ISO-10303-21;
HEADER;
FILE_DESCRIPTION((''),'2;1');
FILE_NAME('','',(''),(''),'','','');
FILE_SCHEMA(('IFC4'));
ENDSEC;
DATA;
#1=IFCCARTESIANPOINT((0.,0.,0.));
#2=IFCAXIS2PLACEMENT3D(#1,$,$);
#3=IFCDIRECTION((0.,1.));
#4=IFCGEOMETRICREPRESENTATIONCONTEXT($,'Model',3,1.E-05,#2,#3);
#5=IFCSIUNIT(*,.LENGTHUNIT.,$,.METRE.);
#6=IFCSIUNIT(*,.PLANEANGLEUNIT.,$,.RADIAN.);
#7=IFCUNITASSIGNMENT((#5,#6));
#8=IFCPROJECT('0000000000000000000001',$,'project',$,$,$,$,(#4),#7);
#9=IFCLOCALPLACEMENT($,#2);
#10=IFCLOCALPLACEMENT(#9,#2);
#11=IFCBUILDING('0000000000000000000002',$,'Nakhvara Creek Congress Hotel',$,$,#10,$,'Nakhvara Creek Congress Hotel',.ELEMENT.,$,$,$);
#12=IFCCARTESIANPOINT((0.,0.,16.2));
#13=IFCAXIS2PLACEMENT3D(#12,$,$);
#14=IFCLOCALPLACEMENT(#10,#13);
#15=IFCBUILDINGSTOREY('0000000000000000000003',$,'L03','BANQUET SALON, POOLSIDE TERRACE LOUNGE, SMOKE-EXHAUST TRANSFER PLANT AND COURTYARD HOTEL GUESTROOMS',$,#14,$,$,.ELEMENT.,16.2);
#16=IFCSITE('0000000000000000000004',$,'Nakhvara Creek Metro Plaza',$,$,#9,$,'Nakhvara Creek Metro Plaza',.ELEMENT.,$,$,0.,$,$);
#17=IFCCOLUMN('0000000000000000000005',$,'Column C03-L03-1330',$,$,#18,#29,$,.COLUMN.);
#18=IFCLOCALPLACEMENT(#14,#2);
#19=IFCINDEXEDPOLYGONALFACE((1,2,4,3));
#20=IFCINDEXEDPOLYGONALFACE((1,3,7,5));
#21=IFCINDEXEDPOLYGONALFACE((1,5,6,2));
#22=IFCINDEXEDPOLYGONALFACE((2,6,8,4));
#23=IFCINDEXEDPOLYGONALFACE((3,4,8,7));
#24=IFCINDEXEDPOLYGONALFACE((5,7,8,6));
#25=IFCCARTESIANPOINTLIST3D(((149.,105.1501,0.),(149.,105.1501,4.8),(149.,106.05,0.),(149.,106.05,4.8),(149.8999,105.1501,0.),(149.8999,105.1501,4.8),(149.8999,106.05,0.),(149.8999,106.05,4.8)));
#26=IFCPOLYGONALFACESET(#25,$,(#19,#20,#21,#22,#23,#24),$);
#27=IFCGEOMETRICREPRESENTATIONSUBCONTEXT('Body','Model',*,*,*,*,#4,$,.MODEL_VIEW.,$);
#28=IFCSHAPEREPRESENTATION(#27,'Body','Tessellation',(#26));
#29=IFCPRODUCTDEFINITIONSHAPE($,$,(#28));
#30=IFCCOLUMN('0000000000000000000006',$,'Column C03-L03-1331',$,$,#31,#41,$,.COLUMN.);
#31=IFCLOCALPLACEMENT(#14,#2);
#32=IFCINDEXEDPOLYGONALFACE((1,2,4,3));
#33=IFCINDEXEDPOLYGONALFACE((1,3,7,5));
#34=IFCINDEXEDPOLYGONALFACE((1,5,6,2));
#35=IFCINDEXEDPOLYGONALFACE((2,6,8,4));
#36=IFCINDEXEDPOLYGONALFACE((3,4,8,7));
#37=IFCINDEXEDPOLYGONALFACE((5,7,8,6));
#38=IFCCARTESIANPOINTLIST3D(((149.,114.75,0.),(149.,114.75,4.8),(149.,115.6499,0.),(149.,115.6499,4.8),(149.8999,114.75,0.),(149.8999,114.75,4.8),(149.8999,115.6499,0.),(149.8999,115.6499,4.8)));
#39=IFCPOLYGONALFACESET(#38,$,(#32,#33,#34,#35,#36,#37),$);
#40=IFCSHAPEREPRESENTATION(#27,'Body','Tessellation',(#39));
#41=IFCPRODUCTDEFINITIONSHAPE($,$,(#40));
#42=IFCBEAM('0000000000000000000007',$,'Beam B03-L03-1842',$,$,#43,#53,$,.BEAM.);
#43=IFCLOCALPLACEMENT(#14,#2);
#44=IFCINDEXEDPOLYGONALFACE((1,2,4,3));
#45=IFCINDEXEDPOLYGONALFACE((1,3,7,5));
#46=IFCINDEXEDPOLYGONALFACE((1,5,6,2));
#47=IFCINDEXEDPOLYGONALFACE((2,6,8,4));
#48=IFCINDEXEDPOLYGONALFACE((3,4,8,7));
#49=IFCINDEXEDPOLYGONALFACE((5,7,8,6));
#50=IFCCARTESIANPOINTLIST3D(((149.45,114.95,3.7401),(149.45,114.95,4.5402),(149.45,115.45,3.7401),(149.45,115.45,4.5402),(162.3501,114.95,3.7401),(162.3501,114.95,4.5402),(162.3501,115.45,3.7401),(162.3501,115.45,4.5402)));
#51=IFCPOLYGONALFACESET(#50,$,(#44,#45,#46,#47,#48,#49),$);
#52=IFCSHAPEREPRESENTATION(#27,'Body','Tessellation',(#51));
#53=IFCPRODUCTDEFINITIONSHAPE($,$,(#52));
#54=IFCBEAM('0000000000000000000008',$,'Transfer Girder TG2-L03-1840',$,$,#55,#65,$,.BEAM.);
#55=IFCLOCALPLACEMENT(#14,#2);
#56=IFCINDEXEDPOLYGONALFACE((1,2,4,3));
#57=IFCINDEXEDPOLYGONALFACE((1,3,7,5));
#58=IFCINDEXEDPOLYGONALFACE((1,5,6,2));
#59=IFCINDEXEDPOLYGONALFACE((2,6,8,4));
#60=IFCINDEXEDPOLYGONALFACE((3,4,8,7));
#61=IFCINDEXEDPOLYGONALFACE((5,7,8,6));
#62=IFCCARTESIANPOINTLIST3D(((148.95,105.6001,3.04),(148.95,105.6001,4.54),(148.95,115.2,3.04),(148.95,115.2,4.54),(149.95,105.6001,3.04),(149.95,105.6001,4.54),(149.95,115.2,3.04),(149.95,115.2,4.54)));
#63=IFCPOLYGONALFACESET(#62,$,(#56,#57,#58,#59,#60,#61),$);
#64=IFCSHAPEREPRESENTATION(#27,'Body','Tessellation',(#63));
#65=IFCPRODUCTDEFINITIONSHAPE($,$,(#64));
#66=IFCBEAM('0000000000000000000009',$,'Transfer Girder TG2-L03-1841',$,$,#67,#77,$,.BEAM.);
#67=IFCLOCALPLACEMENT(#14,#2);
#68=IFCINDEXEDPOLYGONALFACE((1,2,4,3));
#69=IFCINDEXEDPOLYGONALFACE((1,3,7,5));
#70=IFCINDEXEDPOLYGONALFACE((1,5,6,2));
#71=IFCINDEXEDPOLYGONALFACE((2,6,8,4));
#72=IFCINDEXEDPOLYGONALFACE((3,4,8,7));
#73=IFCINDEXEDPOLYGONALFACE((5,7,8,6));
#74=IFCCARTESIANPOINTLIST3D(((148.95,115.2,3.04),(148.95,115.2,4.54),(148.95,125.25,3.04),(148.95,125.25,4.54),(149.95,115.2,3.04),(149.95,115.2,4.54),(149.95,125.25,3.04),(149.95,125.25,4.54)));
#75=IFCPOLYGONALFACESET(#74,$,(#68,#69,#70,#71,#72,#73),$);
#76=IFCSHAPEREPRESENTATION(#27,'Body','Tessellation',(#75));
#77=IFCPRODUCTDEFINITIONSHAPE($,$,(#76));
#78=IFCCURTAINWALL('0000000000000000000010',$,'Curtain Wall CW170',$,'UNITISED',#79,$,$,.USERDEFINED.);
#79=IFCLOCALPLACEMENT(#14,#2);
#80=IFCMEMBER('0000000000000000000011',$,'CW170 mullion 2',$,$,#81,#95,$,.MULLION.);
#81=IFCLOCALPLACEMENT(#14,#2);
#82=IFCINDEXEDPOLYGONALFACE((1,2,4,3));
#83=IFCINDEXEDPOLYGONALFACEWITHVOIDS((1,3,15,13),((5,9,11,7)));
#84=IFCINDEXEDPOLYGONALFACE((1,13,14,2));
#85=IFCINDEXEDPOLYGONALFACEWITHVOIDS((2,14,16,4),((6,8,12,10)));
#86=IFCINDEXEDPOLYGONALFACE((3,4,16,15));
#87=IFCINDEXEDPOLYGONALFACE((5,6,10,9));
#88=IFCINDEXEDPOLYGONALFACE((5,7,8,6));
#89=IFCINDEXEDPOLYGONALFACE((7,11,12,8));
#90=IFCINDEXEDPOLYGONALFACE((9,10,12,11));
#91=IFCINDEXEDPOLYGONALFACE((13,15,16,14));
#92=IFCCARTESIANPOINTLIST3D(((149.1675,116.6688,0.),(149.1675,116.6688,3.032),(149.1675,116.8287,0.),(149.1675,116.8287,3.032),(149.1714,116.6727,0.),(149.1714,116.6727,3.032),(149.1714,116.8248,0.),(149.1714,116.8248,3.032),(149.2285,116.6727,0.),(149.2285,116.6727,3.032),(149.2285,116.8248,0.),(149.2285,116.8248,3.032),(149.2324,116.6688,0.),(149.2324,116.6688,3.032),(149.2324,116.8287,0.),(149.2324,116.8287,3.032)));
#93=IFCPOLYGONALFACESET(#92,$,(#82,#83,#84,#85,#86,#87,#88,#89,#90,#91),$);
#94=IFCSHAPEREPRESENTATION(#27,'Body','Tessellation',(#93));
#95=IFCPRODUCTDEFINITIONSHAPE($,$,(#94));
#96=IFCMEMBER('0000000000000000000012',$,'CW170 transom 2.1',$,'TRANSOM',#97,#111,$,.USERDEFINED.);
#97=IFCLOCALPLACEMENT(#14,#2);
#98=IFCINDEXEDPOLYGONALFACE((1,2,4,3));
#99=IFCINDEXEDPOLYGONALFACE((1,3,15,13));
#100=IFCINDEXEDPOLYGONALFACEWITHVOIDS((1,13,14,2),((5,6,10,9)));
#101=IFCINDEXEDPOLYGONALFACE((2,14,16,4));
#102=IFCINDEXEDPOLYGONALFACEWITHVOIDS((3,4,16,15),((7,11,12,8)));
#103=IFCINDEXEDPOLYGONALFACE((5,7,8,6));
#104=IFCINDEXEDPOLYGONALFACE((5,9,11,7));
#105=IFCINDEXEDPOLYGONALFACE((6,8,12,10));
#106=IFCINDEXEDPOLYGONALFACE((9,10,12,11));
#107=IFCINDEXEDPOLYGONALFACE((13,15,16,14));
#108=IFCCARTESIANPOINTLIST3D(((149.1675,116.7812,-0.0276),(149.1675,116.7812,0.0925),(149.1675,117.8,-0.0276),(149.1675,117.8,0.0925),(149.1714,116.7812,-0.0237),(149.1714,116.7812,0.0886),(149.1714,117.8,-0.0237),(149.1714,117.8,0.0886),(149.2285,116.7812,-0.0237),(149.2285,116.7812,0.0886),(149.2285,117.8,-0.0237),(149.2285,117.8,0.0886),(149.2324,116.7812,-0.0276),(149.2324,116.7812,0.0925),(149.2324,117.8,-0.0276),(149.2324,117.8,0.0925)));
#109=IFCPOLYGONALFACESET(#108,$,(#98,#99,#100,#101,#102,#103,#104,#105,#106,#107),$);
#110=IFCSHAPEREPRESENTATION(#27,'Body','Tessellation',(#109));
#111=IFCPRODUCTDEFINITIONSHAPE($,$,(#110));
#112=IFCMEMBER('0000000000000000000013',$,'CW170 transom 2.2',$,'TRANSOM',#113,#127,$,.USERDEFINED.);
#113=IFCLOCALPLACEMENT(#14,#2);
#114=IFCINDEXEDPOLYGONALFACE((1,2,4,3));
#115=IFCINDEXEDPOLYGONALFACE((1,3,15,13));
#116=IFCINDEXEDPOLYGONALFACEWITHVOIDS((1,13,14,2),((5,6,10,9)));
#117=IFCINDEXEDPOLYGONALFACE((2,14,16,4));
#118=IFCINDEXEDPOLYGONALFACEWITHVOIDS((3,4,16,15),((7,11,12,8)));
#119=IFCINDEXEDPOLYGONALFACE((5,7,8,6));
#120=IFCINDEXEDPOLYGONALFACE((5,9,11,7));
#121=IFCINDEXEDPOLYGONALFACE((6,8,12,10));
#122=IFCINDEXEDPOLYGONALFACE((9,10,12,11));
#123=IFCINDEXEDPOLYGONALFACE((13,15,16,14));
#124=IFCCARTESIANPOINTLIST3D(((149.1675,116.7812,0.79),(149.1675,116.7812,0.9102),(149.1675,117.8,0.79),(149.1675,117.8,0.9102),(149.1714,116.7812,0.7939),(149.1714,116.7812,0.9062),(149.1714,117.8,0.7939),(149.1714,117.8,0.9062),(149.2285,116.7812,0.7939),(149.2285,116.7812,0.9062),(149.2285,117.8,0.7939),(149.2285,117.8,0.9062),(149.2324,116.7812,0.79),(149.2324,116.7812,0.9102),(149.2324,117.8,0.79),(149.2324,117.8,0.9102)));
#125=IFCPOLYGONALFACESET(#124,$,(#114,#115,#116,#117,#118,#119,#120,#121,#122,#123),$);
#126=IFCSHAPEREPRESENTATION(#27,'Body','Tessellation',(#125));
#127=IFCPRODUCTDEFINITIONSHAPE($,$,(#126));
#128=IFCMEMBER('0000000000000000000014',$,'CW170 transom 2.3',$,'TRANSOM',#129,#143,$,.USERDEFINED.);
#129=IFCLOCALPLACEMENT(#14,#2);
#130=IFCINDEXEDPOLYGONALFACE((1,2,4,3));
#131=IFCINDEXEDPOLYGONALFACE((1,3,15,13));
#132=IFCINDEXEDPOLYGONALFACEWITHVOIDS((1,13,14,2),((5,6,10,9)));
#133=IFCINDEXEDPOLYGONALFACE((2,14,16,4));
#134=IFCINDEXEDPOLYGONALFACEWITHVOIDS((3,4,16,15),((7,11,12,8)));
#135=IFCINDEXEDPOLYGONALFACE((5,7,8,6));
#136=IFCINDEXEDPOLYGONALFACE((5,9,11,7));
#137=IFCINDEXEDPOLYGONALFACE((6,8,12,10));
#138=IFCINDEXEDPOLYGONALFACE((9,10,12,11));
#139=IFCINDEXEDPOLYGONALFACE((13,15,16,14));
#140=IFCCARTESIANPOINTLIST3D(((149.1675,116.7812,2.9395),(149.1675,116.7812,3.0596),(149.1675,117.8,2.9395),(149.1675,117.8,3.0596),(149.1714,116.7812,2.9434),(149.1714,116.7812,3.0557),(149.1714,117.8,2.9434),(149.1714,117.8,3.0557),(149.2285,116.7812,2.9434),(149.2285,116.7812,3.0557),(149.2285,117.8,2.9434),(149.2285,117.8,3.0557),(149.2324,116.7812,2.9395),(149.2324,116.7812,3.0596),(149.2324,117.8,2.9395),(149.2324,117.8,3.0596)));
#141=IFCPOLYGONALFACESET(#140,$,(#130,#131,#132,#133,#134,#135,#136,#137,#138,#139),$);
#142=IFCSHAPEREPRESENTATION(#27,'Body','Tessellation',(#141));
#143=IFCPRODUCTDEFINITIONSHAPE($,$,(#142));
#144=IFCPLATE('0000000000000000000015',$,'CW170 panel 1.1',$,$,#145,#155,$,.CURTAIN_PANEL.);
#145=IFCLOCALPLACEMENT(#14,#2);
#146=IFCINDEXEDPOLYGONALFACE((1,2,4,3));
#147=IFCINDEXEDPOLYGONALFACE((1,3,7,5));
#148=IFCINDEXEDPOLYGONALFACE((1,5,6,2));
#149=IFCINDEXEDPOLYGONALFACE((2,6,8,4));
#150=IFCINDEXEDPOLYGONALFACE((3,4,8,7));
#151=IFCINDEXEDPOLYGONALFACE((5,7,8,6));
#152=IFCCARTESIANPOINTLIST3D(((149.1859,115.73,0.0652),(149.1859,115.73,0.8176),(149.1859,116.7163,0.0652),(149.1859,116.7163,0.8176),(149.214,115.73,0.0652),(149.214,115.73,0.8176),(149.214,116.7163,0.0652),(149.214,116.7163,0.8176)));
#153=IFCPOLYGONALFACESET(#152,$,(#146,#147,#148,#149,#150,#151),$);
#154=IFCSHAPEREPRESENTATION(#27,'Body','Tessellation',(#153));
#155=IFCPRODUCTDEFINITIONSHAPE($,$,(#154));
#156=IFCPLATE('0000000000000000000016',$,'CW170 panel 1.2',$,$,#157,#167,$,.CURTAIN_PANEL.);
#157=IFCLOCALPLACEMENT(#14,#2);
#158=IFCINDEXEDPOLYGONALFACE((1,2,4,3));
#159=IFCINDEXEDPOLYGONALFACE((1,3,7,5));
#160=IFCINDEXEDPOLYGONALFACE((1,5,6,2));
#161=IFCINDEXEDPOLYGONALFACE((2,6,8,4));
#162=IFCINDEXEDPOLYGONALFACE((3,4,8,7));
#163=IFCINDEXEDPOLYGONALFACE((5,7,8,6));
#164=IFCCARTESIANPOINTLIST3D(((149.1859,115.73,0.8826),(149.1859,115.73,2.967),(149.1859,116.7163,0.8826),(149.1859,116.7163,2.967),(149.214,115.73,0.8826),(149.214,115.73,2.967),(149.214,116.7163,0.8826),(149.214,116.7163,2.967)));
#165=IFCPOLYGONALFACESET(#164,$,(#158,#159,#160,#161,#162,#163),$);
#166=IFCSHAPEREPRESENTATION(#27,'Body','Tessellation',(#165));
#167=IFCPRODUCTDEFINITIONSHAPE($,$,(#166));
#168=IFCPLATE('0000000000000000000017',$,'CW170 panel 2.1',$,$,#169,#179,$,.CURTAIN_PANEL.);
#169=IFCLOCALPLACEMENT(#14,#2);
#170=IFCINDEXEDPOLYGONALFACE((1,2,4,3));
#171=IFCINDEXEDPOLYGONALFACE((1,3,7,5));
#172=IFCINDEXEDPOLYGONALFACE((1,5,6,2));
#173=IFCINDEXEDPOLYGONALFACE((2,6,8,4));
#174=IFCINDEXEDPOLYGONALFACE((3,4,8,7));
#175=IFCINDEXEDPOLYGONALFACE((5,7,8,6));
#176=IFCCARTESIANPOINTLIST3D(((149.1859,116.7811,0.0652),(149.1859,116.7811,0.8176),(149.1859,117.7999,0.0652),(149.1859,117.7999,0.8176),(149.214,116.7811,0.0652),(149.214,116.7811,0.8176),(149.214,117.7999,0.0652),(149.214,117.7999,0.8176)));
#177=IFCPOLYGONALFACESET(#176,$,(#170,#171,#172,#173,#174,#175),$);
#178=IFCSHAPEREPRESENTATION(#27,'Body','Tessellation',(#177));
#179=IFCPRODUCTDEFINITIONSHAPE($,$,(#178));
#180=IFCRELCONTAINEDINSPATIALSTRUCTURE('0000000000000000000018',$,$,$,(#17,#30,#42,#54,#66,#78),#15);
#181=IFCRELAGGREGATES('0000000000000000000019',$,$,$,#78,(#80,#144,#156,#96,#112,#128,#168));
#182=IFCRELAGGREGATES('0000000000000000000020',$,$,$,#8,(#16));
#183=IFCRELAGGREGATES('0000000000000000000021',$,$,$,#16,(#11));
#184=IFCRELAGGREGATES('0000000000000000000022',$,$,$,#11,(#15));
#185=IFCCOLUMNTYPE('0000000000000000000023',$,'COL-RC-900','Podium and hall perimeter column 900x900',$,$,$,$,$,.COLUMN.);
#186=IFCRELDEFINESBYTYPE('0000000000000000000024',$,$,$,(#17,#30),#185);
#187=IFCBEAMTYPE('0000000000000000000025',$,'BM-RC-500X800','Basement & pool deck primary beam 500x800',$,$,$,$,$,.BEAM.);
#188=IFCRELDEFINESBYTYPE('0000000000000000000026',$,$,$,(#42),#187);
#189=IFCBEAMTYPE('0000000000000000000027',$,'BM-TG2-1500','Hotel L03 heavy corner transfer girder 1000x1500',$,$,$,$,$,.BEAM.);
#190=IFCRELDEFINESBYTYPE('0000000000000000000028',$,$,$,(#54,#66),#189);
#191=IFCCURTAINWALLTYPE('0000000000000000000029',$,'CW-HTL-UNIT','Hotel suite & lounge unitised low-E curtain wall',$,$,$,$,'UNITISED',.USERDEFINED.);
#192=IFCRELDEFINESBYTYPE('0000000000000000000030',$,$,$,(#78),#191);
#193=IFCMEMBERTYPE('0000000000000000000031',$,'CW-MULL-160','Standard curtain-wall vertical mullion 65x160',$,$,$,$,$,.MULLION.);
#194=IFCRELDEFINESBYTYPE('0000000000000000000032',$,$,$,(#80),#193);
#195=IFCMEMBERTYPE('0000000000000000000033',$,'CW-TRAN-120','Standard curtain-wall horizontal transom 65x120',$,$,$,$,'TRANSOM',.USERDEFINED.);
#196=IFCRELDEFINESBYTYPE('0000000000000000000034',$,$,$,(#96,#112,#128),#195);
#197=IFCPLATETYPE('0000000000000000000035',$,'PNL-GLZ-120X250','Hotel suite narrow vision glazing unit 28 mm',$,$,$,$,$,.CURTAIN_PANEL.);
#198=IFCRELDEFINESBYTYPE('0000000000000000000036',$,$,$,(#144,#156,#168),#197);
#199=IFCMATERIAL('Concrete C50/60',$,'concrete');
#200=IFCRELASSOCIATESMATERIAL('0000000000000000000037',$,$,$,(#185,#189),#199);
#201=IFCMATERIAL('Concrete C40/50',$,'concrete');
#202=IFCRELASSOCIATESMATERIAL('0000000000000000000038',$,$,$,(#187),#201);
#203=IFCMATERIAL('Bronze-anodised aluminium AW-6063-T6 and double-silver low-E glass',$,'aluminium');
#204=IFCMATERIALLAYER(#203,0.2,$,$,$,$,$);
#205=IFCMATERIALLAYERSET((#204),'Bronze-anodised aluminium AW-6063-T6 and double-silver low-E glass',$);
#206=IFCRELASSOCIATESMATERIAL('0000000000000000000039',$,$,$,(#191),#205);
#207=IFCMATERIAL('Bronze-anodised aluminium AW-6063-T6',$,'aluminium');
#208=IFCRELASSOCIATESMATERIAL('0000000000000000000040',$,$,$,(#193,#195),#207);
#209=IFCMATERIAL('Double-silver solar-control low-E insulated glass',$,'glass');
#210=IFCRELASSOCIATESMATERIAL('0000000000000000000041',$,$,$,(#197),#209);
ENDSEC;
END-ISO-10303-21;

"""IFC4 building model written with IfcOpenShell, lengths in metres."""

from ifc_helpers import new_model, si_unit, direction, frame, origin, origin_2d, place, context, subcontext, project, spatial, rectangle, hollow_rectangle, extrude, material, layer, layer_set, material_profile, profile_set, type_object, element, aggregate, save


model = new_model("IFC4")

# Units and contexts
model_context = context("Model", 3, precision=1e-05, world=origin(), true_north=direction((0.0, 1.0)))
body_context = subcontext(model_context, "Body", "Model", "MODEL_VIEW")
ifc_project = project(units=[si_unit("LENGTHUNIT", "METRE"), si_unit("PLANEANGLEUNIT", "RADIAN")], contexts=[model_context])

# Site, building, storey
site_placement = place(None, origin())
site = spatial("IfcSite", under=ifc_project, at=site_placement, Name="Nakhvara Creek Metro Plaza", LongName="Nakhvara Creek Metro Plaza", CompositionType="ELEMENT", RefElevation=0.0)
building_placement = place(site_placement, origin())
building = spatial("IfcBuilding", under=site, at=building_placement, Name="Nakhvara Creek Congress Hotel", LongName="Nakhvara Creek Congress Hotel", CompositionType="ELEMENT")
storey_placement = place(building_placement, frame((0.0, 0.0, 16.2)))
storey = spatial("IfcBuildingStorey", under=building, at=storey_placement, Name="L03", Description="BANQUET SALON, POOLSIDE TERRACE LOUNGE, SMOKE-EXHAUST TRANSFER PLANT AND COURTYARD HOTEL GUESTROOMS", CompositionType="ELEMENT", Elevation=16.2)

# Columns
ifc_material_1 = material(Name="Concrete C50/60", Category="concrete")
ifc_material_profile_1 = material_profile(ifc_material_1, rectangle(XDim=0.8999, YDim=0.8999, at=origin_2d()), Name="RC-COL 900x900", Category="LoadBearing")
ifc_profile_set_1 = profile_set([ifc_material_profile_1], Name="Concrete C50/60")
column_type = type_object("IfcColumnType", Name="COL-RC-900", Description="Podium and hall perimeter column 900x900", PredefinedType="COLUMN", material=ifc_profile_set_1)
for number, where, z_axis, x_axis, name in (
    (1, (149.45, 105.6001, 0.0), (0.0, 0.0, 1.0), (1.0, 0.0, 0.0), "Column C03-L03-1330"),
    (2, (149.45, 115.2, 0.0), (0.0, 0.0, 1.0), (1.0, 0.0, 0.0), "Column C03-L03-1331"),
):
    element("IfcColumn", number, at=place(storey_placement, frame(where, z_axis=z_axis, x_axis=x_axis)), inside=storey, type_object=column_type, Name=name, PredefinedType="COLUMN", context=body_context, shape_type="SweptSolid", body=[
        extrude(rectangle(XDim=0.8999, YDim=0.8999, at=origin_2d()), origin(), (0.0, 0.0, 1.0), 4.8),
    ])

# Beams
ifc_material_2 = material(Name="Concrete C40/50", Category="concrete")
ifc_material_profile_2 = material_profile(ifc_material_2, rectangle(XDim=0.5, YDim=0.8, at=origin_2d()), Name="RC-BM 500x800", Category="LoadBearing")
ifc_profile_set_2 = profile_set([ifc_material_profile_2], Name="Concrete C40/50")
beam_type_1 = type_object("IfcBeamType", Name="BM-RC-500X800", Description="Basement & pool deck primary beam 500x800", PredefinedType="BEAM", material=ifc_profile_set_2)
beam_1_placement = place(storey_placement, frame((149.45, 115.2, 4.1401), z_axis=(1.0, 0.0, 0.0), x_axis=(0.0, 1.0, 0.0)))
element("IfcBeam", 3, at=beam_1_placement, inside=storey, type_object=beam_type_1, Name="Beam B03-L03-1842", PredefinedType="BEAM", context=body_context, shape_type="SweptSolid", body=[
    extrude(rectangle(XDim=0.5, YDim=0.8, at=origin_2d()), origin(), (0.0, 0.0, 1.0), 12.9001),
])
ifc_material_profile_3 = material_profile(ifc_material_1, rectangle(XDim=1.0, YDim=1.5, at=origin_2d()), Name="RC-TG 1000x1500", Category="LoadBearing")
ifc_profile_set_3 = profile_set([ifc_material_profile_3], Name="Concrete C50/60")
beam_type_2 = type_object("IfcBeamType", Name="BM-TG2-1500", Description="Hotel L03 heavy corner transfer girder 1000x1500", PredefinedType="BEAM", material=ifc_profile_set_3)
beam_2_placement = place(storey_placement, frame((149.45, 105.6001, 3.79), z_axis=(0.0, 1.0, 0.0), x_axis=(-1.0, 0.0, 0.0)))
element("IfcBeam", 4, at=beam_2_placement, inside=storey, type_object=beam_type_2, Name="Transfer Girder TG2-L03-1840", PredefinedType="BEAM", context=body_context, shape_type="SweptSolid", body=[
    extrude(rectangle(XDim=1.0, YDim=1.5, at=origin_2d()), origin(), (0.0, 0.0, 1.0), 9.5999),
])
beam_3_placement = place(storey_placement, frame((149.45, 115.2, 3.79), z_axis=(0.0, 1.0, 0.0), x_axis=(-1.0, 0.0, 0.0)))
element("IfcBeam", 5, at=beam_3_placement, inside=storey, type_object=beam_type_2, Name="Transfer Girder TG2-L03-1841", PredefinedType="BEAM", context=body_context, shape_type="SweptSolid", body=[
    extrude(rectangle(XDim=1.0, YDim=1.5, at=origin_2d()), origin(), (0.0, 0.0, 1.0), 10.05),
])

# Curtain wall, members, plates
ifc_material_3 = material(Name="Bronze-anodised aluminium AW-6063-T6 and double-silver low-E glass", Category="aluminium")
ifc_layer_1 = layer(ifc_material_3, 0.2)
ifc_layer_set_1 = layer_set([ifc_layer_1], Name="Bronze-anodised aluminium AW-6063-T6 and double-silver low-E glass")
curtain_wall_type = type_object("IfcCurtainWallType", Name="CW-HTL-UNIT", Description="Hotel suite & lounge unitised low-E curtain wall", ElementType="UNITISED", PredefinedType="USERDEFINED", material=ifc_layer_set_1)
curtain_wall_placement = place(storey_placement, origin())
curtain_wall = element("IfcCurtainWall", 6, at=curtain_wall_placement, inside=storey, type_object=curtain_wall_type, Name="Curtain Wall CW170", ObjectType="UNITISED", PredefinedType="USERDEFINED")
ifc_material_4 = material(Name="Bronze-anodised aluminium AW-6063-T6", Category="aluminium")
ifc_material_profile_4 = material_profile(ifc_material_4, hollow_rectangle(XDim=0.0649, YDim=0.1599, WallThickness=0.0039, at=origin_2d()), Name="ALU-MULL 65x160x4", Category="LoadBearing")
ifc_profile_set_4 = profile_set([ifc_material_profile_4], Name="Bronze-anodised aluminium AW-6063-T6")
member_type_1 = type_object("IfcMemberType", Name="CW-MULL-160", Description="Standard curtain-wall vertical mullion 65x160", PredefinedType="MULLION", material=ifc_profile_set_4)
member_1_placement = place(storey_placement, frame((149.2, 116.7488, 0.0), z_axis=(0.0, 0.0, 1.0), x_axis=(-1.0, 0.0, 0.0)))
member_1 = element("IfcMember", 7, at=member_1_placement, type_object=member_type_1, Name="CW170 mullion 2", PredefinedType="MULLION", context=body_context, shape_type="SweptSolid", body=[
    extrude(hollow_rectangle(XDim=0.0649, YDim=0.1599, WallThickness=0.0039, at=origin_2d()), origin(), (0.0, 0.0, 1.0), 3.032),
])
ifc_material_profile_5 = material_profile(ifc_material_4, hollow_rectangle(XDim=0.0649, YDim=0.1201, WallThickness=0.0039, at=origin_2d()), Name="ALU-TRAN 65x120x4", Category="LoadBearing")
ifc_profile_set_5 = profile_set([ifc_material_profile_5], Name="Bronze-anodised aluminium AW-6063-T6")
member_type_2 = type_object("IfcMemberType", Name="CW-TRAN-120", Description="Standard curtain-wall horizontal transom 65x120", ElementType="TRANSOM", PredefinedType="USERDEFINED", material=ifc_profile_set_5)
member_2_placement = place(storey_placement, frame((149.2, 116.7812, 0.0325), z_axis=(0.0, 1.0, 0.0), x_axis=(-1.0, 0.0, 0.0)))
member_2 = element("IfcMember", 8, at=member_2_placement, type_object=member_type_2, Name="CW170 transom 2.1", ObjectType="TRANSOM", PredefinedType="USERDEFINED", context=body_context, shape_type="SweptSolid", body=[
    extrude(hollow_rectangle(XDim=0.0649, YDim=0.1201, WallThickness=0.0039, at=origin_2d()), origin(), (0.0, 0.0, 1.0), 1.0188),
])
member_3_placement = place(storey_placement, frame((149.2, 116.7812, 0.8501), z_axis=(0.0, 1.0, 0.0), x_axis=(-1.0, 0.0, 0.0)))
member_3 = element("IfcMember", 9, at=member_3_placement, type_object=member_type_2, Name="CW170 transom 2.2", ObjectType="TRANSOM", PredefinedType="USERDEFINED", context=body_context, shape_type="SweptSolid", body=[
    extrude(hollow_rectangle(XDim=0.0649, YDim=0.1201, WallThickness=0.0039, at=origin_2d()), origin(), (0.0, 0.0, 1.0), 1.0188),
])
member_4_placement = place(storey_placement, frame((149.2, 116.7812, 2.9995), z_axis=(0.0, 1.0, 0.0), x_axis=(-1.0, 0.0, 0.0)))
member_4 = element("IfcMember", 10, at=member_4_placement, type_object=member_type_2, Name="CW170 transom 2.3", ObjectType="TRANSOM", PredefinedType="USERDEFINED", context=body_context, shape_type="SweptSolid", body=[
    extrude(hollow_rectangle(XDim=0.0649, YDim=0.1201, WallThickness=0.0039, at=origin_2d()), origin(), (0.0, 0.0, 1.0), 1.0188),
])
ifc_material_5 = material(Name="Double-silver solar-control low-E insulated glass", Category="glass")
plate_type = type_object("IfcPlateType", Name="PNL-GLZ-120X250", Description="Hotel suite narrow vision glazing unit 28 mm", PredefinedType="CURTAIN_PANEL", material=ifc_material_5)
plate_1_placement = place(storey_placement, frame((149.2, 116.2231, 0.0652), z_axis=(0.0, 0.0, 1.0), x_axis=(0.0, 1.0, 0.0)))
plate_1 = element("IfcPlate", 11, at=plate_1_placement, type_object=plate_type, Name="CW170 panel 1.1", PredefinedType="CURTAIN_PANEL", context=body_context, shape_type="SweptSolid", body=[
    extrude(rectangle(XDim=0.9863, YDim=0.0281, at=origin_2d()), origin(), (0.0, 0.0, 1.0), 0.7524),
])
plate_2_placement = place(storey_placement, frame((149.2, 116.2231, 0.8826), z_axis=(0.0, 0.0, 1.0), x_axis=(0.0, 1.0, 0.0)))
plate_2 = element("IfcPlate", 12, at=plate_2_placement, type_object=plate_type, Name="CW170 panel 1.2", PredefinedType="CURTAIN_PANEL", context=body_context, shape_type="SweptSolid", body=[
    extrude(rectangle(XDim=0.9863, YDim=0.0281, at=origin_2d()), origin(), (0.0, 0.0, 1.0), 2.0845),
])
plate_3_placement = place(storey_placement, frame((149.2, 117.2905, 0.0652), z_axis=(0.0, 0.0, 1.0), x_axis=(0.0, 1.0, 0.0)))
plate_3 = element("IfcPlate", 13, at=plate_3_placement, type_object=plate_type, Name="CW170 panel 2.1", PredefinedType="CURTAIN_PANEL", context=body_context, shape_type="SweptSolid", body=[
    extrude(rectangle(XDim=1.0188, YDim=0.0281, at=origin_2d()), origin(), (0.0, 0.0, 1.0), 0.7524),
])
aggregate(curtain_wall, [member_1, plate_1, plate_2, member_2, member_3, member_4, plate_3])

save(model, "model.ifc")
